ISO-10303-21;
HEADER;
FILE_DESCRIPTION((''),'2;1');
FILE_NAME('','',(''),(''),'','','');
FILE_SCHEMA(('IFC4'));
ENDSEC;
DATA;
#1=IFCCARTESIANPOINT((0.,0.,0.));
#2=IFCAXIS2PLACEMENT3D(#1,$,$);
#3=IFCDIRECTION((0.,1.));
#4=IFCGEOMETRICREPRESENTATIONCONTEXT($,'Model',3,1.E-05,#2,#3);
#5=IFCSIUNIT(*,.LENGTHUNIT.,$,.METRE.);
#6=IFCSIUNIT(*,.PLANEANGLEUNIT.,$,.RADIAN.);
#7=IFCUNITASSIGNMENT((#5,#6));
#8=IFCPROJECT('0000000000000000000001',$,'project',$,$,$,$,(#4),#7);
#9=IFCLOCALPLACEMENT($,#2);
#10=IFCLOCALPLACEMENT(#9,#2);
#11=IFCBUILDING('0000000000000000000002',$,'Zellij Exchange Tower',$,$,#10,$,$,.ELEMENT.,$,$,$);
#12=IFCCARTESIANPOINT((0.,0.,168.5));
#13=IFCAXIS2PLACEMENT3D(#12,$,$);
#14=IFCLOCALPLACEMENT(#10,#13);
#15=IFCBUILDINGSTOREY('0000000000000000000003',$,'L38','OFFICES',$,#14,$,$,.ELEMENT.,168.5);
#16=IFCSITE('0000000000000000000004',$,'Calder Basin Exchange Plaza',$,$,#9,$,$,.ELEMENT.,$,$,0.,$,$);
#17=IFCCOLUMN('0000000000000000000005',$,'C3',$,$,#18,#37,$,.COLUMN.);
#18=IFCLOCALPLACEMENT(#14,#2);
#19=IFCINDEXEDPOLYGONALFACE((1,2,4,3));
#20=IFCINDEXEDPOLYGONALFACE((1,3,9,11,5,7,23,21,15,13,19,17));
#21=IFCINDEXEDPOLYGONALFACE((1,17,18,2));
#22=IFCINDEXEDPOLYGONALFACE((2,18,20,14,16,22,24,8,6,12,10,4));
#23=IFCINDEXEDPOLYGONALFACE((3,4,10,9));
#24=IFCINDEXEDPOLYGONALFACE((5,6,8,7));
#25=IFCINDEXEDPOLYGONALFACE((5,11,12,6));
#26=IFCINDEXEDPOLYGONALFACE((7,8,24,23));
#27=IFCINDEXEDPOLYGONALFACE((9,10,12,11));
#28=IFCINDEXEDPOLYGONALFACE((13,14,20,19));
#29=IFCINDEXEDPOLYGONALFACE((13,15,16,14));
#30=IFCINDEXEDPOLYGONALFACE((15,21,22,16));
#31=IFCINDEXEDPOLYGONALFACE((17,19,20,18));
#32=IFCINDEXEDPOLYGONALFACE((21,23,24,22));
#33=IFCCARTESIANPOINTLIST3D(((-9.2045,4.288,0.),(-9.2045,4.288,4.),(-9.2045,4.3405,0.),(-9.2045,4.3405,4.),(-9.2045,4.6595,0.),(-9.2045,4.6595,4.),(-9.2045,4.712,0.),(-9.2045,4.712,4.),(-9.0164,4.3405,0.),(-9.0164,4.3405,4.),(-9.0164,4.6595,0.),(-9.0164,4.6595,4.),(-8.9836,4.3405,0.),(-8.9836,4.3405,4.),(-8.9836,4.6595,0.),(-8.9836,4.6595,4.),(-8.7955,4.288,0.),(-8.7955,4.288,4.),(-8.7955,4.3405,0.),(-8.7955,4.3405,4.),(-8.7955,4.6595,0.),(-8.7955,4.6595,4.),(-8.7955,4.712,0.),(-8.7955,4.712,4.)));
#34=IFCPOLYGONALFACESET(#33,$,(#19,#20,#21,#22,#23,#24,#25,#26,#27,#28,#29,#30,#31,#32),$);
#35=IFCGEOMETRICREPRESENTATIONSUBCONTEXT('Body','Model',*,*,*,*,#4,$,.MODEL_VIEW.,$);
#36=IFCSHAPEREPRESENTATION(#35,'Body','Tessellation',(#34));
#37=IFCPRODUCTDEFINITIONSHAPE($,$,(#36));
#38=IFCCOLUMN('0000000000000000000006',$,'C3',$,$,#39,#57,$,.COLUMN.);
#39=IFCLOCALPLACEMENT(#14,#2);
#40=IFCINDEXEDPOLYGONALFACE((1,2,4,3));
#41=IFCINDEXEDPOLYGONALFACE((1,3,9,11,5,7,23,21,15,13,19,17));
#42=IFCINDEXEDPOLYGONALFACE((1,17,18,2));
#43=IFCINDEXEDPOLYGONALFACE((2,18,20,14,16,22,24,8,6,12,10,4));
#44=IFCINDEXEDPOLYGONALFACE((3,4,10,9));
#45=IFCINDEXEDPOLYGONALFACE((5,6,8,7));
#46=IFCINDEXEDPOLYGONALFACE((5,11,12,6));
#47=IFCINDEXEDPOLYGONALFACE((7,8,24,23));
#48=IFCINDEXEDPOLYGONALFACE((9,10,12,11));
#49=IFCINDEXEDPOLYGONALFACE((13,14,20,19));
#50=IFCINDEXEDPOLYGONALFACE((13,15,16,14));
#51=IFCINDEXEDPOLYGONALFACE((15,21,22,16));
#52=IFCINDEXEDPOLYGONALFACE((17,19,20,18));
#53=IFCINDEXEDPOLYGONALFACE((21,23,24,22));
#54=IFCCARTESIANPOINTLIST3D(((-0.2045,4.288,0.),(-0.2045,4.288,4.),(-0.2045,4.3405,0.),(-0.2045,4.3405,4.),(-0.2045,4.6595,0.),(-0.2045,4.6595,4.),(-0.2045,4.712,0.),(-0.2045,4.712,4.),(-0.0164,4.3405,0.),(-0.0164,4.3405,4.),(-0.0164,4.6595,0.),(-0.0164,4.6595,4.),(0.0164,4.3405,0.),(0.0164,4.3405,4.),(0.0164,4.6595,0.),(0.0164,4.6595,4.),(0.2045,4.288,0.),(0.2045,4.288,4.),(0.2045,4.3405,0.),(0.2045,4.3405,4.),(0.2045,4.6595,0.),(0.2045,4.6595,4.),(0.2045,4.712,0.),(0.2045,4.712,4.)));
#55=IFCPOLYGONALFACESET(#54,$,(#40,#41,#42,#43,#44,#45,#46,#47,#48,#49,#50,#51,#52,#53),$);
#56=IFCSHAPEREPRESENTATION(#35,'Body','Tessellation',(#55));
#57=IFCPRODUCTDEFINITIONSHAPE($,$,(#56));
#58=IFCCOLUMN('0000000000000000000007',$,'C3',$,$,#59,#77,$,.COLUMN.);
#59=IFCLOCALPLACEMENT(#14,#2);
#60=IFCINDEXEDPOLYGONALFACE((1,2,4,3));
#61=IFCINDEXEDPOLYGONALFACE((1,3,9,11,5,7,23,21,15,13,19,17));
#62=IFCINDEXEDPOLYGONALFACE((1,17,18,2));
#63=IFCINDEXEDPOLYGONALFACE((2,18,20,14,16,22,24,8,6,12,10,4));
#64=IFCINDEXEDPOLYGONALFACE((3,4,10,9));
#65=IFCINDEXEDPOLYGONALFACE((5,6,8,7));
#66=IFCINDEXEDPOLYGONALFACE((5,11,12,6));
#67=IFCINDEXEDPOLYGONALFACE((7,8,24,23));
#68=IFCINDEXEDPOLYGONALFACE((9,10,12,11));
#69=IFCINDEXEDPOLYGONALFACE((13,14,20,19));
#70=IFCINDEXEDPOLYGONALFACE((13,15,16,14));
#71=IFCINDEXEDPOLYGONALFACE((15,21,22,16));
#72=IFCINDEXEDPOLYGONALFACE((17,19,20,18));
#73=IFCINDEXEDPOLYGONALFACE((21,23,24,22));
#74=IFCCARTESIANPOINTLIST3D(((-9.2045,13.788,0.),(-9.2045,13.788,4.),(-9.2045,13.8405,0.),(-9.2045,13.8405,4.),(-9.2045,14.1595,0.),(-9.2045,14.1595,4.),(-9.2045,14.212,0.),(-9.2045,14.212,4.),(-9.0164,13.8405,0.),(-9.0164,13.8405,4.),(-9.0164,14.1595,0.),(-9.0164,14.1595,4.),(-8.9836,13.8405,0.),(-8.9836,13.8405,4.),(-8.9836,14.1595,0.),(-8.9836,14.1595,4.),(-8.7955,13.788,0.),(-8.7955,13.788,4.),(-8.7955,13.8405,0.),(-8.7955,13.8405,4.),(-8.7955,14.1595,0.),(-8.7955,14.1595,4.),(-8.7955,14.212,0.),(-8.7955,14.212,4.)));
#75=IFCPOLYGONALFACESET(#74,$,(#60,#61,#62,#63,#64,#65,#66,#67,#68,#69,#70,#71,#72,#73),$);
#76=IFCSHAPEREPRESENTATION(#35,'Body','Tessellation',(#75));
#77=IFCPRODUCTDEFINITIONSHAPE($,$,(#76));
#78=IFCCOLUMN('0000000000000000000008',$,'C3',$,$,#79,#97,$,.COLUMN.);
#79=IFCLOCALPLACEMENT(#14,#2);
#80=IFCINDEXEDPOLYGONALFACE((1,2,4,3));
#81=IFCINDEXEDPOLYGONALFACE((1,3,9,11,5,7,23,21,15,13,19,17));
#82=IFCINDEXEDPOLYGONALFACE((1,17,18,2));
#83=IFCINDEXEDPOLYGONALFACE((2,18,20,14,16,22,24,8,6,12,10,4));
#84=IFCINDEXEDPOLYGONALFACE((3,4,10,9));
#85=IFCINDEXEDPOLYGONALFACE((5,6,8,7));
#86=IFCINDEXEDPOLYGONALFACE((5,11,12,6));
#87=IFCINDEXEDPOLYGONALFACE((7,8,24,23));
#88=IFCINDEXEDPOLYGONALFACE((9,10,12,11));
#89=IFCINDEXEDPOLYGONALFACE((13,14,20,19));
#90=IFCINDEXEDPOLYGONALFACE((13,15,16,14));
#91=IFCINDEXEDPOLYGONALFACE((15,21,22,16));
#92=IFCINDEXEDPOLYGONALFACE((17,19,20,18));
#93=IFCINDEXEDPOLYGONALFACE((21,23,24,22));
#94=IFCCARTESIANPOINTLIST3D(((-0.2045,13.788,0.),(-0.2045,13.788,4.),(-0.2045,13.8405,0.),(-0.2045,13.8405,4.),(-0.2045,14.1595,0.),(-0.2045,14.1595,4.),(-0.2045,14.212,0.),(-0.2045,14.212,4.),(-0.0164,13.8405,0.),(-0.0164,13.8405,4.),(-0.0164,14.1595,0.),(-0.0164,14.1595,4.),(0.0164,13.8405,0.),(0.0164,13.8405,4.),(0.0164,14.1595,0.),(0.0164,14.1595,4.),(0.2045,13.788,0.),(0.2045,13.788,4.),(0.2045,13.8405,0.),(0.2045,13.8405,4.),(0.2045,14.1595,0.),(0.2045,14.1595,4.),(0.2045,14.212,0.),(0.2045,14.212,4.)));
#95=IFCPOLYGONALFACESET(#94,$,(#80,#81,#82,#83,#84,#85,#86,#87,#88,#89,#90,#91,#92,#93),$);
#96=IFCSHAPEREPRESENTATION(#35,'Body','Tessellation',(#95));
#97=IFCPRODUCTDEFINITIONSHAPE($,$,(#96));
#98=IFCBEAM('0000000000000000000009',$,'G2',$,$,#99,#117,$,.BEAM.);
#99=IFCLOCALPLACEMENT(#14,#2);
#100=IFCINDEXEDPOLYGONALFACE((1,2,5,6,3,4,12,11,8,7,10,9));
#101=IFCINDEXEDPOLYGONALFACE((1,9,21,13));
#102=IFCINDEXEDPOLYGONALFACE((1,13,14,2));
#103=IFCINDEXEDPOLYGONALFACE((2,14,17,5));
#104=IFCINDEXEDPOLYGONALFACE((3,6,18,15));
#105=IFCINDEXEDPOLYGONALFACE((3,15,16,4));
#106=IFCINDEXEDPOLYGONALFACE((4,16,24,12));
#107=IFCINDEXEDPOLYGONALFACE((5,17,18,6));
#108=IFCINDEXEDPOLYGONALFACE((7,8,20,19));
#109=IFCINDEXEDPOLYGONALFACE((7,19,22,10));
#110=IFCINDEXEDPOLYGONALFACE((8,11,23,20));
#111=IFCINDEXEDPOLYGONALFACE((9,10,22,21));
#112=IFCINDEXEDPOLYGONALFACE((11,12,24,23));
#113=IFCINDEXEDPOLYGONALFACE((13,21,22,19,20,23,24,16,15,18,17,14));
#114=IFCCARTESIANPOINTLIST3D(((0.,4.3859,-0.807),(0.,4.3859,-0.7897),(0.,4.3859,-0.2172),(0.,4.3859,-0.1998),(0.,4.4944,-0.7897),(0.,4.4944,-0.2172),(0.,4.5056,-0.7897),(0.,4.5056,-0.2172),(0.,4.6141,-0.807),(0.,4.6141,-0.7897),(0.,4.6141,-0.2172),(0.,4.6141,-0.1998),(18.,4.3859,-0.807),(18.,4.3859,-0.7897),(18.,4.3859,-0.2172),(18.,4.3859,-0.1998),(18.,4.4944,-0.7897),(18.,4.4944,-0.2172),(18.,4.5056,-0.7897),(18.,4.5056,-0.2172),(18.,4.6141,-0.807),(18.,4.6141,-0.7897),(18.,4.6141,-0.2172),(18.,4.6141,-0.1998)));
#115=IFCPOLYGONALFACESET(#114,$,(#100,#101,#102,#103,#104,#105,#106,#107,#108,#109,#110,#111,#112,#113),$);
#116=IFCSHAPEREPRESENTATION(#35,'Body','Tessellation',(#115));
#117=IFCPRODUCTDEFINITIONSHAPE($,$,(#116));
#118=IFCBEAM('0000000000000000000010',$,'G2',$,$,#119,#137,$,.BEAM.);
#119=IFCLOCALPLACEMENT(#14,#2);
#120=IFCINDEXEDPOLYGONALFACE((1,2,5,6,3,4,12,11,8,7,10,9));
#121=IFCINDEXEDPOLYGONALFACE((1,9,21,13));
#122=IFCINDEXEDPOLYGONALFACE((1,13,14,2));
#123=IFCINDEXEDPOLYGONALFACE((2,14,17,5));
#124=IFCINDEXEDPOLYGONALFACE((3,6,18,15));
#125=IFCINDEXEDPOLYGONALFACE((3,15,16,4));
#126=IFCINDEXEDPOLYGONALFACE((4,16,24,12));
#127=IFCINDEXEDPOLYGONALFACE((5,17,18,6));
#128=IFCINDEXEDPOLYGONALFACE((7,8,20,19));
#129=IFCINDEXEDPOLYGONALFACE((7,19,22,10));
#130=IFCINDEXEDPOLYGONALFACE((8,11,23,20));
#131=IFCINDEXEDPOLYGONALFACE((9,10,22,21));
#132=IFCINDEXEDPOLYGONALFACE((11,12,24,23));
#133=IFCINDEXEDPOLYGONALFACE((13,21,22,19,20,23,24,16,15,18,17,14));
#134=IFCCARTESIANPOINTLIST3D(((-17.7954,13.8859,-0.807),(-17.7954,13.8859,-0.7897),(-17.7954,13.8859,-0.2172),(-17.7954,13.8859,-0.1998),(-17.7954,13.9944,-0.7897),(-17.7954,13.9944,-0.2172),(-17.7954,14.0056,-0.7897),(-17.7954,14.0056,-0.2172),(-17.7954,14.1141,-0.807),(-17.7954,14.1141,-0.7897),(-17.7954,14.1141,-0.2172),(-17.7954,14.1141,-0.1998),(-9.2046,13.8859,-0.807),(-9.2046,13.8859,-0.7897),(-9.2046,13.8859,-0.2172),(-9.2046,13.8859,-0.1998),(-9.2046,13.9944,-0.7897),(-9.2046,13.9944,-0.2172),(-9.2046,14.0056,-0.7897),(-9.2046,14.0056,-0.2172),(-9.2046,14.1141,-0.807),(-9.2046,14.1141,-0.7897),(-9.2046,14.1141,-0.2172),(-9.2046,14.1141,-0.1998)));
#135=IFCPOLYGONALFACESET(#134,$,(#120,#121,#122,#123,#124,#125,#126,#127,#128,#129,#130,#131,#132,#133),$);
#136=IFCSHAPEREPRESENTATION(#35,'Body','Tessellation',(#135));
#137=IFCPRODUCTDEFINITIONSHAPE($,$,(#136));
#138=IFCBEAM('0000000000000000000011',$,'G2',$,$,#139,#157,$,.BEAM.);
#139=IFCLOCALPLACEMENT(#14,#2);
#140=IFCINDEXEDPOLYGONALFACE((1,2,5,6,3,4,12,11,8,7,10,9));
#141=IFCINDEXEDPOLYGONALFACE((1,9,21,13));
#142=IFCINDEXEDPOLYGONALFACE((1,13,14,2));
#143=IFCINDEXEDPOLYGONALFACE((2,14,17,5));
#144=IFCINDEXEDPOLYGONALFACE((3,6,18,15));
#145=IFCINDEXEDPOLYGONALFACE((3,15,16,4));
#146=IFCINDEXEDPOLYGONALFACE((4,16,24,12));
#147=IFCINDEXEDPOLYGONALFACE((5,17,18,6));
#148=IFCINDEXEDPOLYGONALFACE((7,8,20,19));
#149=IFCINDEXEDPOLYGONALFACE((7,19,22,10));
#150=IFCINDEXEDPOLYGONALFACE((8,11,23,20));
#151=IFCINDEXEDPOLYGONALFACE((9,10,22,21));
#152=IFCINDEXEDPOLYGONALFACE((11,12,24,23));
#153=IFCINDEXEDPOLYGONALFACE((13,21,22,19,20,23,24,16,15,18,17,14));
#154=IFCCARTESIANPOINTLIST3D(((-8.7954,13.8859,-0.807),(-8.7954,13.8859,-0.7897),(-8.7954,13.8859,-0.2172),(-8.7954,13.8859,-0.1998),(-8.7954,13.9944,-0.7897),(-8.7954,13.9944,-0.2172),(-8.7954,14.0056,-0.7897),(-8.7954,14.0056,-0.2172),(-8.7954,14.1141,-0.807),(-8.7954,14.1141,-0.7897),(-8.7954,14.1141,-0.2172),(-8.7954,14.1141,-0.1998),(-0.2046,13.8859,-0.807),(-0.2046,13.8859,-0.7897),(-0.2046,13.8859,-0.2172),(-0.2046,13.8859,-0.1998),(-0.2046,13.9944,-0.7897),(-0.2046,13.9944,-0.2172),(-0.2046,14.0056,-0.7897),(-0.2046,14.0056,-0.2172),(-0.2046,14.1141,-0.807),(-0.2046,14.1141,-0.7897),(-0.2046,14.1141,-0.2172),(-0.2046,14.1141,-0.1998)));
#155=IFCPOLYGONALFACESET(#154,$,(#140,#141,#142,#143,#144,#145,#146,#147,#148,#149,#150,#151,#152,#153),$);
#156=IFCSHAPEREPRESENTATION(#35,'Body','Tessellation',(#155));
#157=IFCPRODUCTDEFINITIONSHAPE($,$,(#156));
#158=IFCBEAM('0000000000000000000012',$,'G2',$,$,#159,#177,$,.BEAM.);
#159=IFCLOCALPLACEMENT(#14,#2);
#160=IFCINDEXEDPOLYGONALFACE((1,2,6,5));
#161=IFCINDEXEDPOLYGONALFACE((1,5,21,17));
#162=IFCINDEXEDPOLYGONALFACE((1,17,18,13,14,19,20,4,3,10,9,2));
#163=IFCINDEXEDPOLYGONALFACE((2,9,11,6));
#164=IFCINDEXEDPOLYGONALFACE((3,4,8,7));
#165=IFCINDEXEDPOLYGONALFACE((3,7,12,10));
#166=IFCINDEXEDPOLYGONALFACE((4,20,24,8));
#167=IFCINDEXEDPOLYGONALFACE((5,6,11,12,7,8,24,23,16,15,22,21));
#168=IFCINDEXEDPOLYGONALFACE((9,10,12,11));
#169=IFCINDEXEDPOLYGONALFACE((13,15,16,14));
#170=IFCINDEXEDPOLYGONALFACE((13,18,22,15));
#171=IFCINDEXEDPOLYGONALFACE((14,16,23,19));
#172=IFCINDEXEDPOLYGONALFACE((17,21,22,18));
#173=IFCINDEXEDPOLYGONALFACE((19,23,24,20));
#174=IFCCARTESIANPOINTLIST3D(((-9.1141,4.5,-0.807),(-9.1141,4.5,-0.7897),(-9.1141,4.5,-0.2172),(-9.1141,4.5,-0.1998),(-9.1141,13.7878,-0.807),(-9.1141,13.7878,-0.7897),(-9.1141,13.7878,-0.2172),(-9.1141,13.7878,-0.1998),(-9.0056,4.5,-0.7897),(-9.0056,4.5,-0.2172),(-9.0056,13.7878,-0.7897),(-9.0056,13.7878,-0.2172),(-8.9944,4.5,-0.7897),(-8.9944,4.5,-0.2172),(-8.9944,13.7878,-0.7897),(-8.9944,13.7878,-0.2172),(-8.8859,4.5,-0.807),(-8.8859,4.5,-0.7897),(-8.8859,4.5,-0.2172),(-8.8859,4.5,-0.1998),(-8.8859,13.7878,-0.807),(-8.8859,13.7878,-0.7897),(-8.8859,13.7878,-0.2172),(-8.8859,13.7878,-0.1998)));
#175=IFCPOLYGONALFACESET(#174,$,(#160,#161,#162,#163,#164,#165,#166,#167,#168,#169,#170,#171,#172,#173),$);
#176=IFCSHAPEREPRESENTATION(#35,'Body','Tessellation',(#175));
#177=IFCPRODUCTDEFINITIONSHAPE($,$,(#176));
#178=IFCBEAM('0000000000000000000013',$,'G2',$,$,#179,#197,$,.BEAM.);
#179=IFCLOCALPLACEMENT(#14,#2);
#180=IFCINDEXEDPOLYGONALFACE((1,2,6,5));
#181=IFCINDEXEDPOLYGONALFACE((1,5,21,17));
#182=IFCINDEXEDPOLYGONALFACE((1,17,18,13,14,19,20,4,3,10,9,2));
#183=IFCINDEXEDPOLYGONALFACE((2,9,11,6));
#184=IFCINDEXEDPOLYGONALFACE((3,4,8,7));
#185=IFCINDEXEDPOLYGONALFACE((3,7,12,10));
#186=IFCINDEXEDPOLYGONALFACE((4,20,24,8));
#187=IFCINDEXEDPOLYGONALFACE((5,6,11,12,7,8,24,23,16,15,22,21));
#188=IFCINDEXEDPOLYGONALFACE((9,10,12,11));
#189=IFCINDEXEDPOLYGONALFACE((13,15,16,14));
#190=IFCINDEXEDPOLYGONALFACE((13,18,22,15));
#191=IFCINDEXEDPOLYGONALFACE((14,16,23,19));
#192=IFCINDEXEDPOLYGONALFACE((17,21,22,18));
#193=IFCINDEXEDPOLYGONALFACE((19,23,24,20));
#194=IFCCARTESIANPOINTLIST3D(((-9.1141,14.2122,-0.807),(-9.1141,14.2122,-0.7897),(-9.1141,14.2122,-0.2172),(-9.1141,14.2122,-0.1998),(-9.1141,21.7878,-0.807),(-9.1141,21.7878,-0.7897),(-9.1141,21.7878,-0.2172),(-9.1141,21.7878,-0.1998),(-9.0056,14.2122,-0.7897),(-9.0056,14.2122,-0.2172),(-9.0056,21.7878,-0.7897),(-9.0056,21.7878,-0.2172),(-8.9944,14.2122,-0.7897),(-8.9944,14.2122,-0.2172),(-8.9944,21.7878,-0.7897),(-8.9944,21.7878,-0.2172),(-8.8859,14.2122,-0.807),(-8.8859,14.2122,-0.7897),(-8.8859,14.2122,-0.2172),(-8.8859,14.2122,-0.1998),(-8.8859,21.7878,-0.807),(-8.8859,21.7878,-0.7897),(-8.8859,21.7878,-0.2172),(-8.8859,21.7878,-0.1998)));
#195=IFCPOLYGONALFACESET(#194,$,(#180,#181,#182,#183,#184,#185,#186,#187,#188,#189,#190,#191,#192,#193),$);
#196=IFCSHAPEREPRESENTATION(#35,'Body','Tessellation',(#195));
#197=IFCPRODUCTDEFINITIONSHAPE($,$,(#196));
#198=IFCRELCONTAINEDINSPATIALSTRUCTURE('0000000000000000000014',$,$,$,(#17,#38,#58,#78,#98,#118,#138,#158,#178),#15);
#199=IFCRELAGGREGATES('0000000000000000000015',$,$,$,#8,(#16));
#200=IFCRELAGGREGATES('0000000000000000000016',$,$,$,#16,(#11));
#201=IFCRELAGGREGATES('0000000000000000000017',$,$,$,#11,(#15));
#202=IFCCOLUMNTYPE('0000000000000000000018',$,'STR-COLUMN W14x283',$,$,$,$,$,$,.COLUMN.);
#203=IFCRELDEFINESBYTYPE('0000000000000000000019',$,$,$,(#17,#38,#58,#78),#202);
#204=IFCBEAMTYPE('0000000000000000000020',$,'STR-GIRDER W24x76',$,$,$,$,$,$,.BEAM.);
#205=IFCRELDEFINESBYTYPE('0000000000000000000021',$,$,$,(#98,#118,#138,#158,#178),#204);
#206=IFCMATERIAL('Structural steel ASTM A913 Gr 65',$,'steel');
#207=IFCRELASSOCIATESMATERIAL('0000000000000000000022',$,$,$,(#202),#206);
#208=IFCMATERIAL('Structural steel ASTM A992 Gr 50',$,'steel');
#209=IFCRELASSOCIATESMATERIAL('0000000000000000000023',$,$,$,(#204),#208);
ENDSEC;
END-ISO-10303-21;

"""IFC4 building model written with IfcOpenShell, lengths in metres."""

from ifc_helpers import new_model, si_unit, direction, frame, origin, origin_2d, place, context, subcontext, project, spatial, i_section, extrude, material, material_profile, profile_set, type_object, element, save


model = new_model("IFC4")

# Units and contexts
model_context = context("Model", 3, precision=1e-05, world=origin(), true_north=direction((0.0, 1.0)))
body_context = subcontext(model_context, "Body", "Model", "MODEL_VIEW")
ifc_project = project(units=[si_unit("LENGTHUNIT", "METRE"), si_unit("PLANEANGLEUNIT", "RADIAN")], contexts=[model_context])

# Site, building, storey
site_placement = place(None, origin())
site = spatial("IfcSite", under=ifc_project, at=site_placement, Name="Calder Basin Exchange Plaza", CompositionType="ELEMENT", RefElevation=0.0)
building_placement = place(site_placement, origin())
building = spatial("IfcBuilding", under=site, at=building_placement, Name="Zellij Exchange Tower", CompositionType="ELEMENT")
storey_placement = place(building_placement, frame((0.0, 0.0, 168.5)))
storey = spatial("IfcBuildingStorey", under=building, at=storey_placement, Name="L38", Description="OFFICES", CompositionType="ELEMENT", Elevation=168.5)

# Columns
ifc_material_1 = material(Name="Structural steel ASTM A913 Gr 65", Category="steel")
ifc_material_profile_1 = material_profile(ifc_material_1, i_section(OverallWidth=0.4089, OverallDepth=0.4241, WebThickness=0.0327, FlangeThickness=0.0525, at=origin_2d()), Name="W14x283")
ifc_profile_set_1 = profile_set([ifc_material_profile_1], Name="Structural steel ASTM A913 Gr 65")
column_type = type_object("IfcColumnType", Name="STR-COLUMN W14x283", PredefinedType="COLUMN", material=ifc_profile_set_1)
for number, where, z_axis, x_axis, name in (
    (1, (-9.0, 4.5, 0.0), (0.0, 0.0, 1.0), (1.0, 0.0, 0.0), "C3"),
    (2, (0.0, 4.5, 0.0), (0.0, 0.0, 1.0), (1.0, 0.0, 0.0), "C3"),
    (3, (-9.0, 14.0, 0.0), (0.0, 0.0, 1.0), (1.0, 0.0, 0.0), "C3"),
    (4, (0.0, 14.0, 0.0), (0.0, 0.0, 1.0), (1.0, 0.0, 0.0), "C3"),
):
    element("IfcColumn", number, at=place(storey_placement, frame(where, z_axis=z_axis, x_axis=x_axis)), inside=storey, type_object=column_type, Name=name, PredefinedType="COLUMN", context=body_context, shape_type="SweptSolid", body=[
        extrude(i_section(OverallWidth=0.4089, OverallDepth=0.4241, WebThickness=0.0327, FlangeThickness=0.0525, at=origin_2d()), origin(), (0.0, 0.0, 1.0), 4.0),
    ])

# Beams
ifc_material_2 = material(Name="Structural steel ASTM A992 Gr 50", Category="steel")
ifc_material_profile_2 = material_profile(ifc_material_2, i_section(OverallWidth=0.2283, OverallDepth=0.6072, WebThickness=0.0112, FlangeThickness=0.0173, at=origin_2d()), Name="W24x76")
ifc_profile_set_2 = profile_set([ifc_material_profile_2], Name="Structural steel ASTM A992 Gr 50")
beam_type = type_object("IfcBeamType", Name="STR-GIRDER W24x76", PredefinedType="BEAM", material=ifc_profile_set_2)
beam_1_placement = place(storey_placement, frame((0.0, 4.5, -0.5034), z_axis=(1.0, 0.0, 0.0), x_axis=(0.0, 1.0, 0.0)))
element("IfcBeam", 5, at=beam_1_placement, inside=storey, type_object=beam_type, Name="G2", PredefinedType="BEAM", context=body_context, shape_type="SweptSolid", body=[
    extrude(i_section(OverallWidth=0.2283, OverallDepth=0.6072, WebThickness=0.0112, FlangeThickness=0.0173, at=origin_2d()), origin(), (0.0, 0.0, 1.0), 18.0),
])
for number, where, z_axis, x_axis, name in (
    (6, (-17.7954, 14.0, -0.5034), (1.0, 0.0, 0.0), (0.0, 1.0, 0.0), "G2"),
    (7, (-8.7954, 14.0, -0.5034), (1.0, 0.0, 0.0), (0.0, 1.0, 0.0), "G2"),
):
    element("IfcBeam", number, at=place(storey_placement, frame(where, z_axis=z_axis, x_axis=x_axis)), inside=storey, type_object=beam_type, Name=name, PredefinedType="BEAM", context=body_context, shape_type="SweptSolid", body=[
        extrude(i_section(OverallWidth=0.2283, OverallDepth=0.6072, WebThickness=0.0112, FlangeThickness=0.0173, at=origin_2d()), origin(), (0.0, 0.0, 1.0), 8.5908),
    ])
beam_2_placement = place(storey_placement, frame((-9.0, 4.5, -0.5034), z_axis=(0.0, 1.0, 0.0), x_axis=(-1.0, 0.0, 0.0)))
element("IfcBeam", 8, at=beam_2_placement, inside=storey, type_object=beam_type, Name="G2", PredefinedType="BEAM", context=body_context, shape_type="SweptSolid", body=[
    extrude(i_section(OverallWidth=0.2283, OverallDepth=0.6072, WebThickness=0.0112, FlangeThickness=0.0173, at=origin_2d()), origin(), (0.0, 0.0, 1.0), 9.2878),
])
beam_3_placement = place(storey_placement, frame((-9.0, 14.2122, -0.5034), z_axis=(0.0, 1.0, 0.0), x_axis=(-1.0, 0.0, 0.0)))
element("IfcBeam", 9, at=beam_3_placement, inside=storey, type_object=beam_type, Name="G2", PredefinedType="BEAM", context=body_context, shape_type="SweptSolid", body=[
    extrude(i_section(OverallWidth=0.2283, OverallDepth=0.6072, WebThickness=0.0112, FlangeThickness=0.0173, at=origin_2d()), origin(), (0.0, 0.0, 1.0), 7.5757),
])

save(model, "model.ifc")
